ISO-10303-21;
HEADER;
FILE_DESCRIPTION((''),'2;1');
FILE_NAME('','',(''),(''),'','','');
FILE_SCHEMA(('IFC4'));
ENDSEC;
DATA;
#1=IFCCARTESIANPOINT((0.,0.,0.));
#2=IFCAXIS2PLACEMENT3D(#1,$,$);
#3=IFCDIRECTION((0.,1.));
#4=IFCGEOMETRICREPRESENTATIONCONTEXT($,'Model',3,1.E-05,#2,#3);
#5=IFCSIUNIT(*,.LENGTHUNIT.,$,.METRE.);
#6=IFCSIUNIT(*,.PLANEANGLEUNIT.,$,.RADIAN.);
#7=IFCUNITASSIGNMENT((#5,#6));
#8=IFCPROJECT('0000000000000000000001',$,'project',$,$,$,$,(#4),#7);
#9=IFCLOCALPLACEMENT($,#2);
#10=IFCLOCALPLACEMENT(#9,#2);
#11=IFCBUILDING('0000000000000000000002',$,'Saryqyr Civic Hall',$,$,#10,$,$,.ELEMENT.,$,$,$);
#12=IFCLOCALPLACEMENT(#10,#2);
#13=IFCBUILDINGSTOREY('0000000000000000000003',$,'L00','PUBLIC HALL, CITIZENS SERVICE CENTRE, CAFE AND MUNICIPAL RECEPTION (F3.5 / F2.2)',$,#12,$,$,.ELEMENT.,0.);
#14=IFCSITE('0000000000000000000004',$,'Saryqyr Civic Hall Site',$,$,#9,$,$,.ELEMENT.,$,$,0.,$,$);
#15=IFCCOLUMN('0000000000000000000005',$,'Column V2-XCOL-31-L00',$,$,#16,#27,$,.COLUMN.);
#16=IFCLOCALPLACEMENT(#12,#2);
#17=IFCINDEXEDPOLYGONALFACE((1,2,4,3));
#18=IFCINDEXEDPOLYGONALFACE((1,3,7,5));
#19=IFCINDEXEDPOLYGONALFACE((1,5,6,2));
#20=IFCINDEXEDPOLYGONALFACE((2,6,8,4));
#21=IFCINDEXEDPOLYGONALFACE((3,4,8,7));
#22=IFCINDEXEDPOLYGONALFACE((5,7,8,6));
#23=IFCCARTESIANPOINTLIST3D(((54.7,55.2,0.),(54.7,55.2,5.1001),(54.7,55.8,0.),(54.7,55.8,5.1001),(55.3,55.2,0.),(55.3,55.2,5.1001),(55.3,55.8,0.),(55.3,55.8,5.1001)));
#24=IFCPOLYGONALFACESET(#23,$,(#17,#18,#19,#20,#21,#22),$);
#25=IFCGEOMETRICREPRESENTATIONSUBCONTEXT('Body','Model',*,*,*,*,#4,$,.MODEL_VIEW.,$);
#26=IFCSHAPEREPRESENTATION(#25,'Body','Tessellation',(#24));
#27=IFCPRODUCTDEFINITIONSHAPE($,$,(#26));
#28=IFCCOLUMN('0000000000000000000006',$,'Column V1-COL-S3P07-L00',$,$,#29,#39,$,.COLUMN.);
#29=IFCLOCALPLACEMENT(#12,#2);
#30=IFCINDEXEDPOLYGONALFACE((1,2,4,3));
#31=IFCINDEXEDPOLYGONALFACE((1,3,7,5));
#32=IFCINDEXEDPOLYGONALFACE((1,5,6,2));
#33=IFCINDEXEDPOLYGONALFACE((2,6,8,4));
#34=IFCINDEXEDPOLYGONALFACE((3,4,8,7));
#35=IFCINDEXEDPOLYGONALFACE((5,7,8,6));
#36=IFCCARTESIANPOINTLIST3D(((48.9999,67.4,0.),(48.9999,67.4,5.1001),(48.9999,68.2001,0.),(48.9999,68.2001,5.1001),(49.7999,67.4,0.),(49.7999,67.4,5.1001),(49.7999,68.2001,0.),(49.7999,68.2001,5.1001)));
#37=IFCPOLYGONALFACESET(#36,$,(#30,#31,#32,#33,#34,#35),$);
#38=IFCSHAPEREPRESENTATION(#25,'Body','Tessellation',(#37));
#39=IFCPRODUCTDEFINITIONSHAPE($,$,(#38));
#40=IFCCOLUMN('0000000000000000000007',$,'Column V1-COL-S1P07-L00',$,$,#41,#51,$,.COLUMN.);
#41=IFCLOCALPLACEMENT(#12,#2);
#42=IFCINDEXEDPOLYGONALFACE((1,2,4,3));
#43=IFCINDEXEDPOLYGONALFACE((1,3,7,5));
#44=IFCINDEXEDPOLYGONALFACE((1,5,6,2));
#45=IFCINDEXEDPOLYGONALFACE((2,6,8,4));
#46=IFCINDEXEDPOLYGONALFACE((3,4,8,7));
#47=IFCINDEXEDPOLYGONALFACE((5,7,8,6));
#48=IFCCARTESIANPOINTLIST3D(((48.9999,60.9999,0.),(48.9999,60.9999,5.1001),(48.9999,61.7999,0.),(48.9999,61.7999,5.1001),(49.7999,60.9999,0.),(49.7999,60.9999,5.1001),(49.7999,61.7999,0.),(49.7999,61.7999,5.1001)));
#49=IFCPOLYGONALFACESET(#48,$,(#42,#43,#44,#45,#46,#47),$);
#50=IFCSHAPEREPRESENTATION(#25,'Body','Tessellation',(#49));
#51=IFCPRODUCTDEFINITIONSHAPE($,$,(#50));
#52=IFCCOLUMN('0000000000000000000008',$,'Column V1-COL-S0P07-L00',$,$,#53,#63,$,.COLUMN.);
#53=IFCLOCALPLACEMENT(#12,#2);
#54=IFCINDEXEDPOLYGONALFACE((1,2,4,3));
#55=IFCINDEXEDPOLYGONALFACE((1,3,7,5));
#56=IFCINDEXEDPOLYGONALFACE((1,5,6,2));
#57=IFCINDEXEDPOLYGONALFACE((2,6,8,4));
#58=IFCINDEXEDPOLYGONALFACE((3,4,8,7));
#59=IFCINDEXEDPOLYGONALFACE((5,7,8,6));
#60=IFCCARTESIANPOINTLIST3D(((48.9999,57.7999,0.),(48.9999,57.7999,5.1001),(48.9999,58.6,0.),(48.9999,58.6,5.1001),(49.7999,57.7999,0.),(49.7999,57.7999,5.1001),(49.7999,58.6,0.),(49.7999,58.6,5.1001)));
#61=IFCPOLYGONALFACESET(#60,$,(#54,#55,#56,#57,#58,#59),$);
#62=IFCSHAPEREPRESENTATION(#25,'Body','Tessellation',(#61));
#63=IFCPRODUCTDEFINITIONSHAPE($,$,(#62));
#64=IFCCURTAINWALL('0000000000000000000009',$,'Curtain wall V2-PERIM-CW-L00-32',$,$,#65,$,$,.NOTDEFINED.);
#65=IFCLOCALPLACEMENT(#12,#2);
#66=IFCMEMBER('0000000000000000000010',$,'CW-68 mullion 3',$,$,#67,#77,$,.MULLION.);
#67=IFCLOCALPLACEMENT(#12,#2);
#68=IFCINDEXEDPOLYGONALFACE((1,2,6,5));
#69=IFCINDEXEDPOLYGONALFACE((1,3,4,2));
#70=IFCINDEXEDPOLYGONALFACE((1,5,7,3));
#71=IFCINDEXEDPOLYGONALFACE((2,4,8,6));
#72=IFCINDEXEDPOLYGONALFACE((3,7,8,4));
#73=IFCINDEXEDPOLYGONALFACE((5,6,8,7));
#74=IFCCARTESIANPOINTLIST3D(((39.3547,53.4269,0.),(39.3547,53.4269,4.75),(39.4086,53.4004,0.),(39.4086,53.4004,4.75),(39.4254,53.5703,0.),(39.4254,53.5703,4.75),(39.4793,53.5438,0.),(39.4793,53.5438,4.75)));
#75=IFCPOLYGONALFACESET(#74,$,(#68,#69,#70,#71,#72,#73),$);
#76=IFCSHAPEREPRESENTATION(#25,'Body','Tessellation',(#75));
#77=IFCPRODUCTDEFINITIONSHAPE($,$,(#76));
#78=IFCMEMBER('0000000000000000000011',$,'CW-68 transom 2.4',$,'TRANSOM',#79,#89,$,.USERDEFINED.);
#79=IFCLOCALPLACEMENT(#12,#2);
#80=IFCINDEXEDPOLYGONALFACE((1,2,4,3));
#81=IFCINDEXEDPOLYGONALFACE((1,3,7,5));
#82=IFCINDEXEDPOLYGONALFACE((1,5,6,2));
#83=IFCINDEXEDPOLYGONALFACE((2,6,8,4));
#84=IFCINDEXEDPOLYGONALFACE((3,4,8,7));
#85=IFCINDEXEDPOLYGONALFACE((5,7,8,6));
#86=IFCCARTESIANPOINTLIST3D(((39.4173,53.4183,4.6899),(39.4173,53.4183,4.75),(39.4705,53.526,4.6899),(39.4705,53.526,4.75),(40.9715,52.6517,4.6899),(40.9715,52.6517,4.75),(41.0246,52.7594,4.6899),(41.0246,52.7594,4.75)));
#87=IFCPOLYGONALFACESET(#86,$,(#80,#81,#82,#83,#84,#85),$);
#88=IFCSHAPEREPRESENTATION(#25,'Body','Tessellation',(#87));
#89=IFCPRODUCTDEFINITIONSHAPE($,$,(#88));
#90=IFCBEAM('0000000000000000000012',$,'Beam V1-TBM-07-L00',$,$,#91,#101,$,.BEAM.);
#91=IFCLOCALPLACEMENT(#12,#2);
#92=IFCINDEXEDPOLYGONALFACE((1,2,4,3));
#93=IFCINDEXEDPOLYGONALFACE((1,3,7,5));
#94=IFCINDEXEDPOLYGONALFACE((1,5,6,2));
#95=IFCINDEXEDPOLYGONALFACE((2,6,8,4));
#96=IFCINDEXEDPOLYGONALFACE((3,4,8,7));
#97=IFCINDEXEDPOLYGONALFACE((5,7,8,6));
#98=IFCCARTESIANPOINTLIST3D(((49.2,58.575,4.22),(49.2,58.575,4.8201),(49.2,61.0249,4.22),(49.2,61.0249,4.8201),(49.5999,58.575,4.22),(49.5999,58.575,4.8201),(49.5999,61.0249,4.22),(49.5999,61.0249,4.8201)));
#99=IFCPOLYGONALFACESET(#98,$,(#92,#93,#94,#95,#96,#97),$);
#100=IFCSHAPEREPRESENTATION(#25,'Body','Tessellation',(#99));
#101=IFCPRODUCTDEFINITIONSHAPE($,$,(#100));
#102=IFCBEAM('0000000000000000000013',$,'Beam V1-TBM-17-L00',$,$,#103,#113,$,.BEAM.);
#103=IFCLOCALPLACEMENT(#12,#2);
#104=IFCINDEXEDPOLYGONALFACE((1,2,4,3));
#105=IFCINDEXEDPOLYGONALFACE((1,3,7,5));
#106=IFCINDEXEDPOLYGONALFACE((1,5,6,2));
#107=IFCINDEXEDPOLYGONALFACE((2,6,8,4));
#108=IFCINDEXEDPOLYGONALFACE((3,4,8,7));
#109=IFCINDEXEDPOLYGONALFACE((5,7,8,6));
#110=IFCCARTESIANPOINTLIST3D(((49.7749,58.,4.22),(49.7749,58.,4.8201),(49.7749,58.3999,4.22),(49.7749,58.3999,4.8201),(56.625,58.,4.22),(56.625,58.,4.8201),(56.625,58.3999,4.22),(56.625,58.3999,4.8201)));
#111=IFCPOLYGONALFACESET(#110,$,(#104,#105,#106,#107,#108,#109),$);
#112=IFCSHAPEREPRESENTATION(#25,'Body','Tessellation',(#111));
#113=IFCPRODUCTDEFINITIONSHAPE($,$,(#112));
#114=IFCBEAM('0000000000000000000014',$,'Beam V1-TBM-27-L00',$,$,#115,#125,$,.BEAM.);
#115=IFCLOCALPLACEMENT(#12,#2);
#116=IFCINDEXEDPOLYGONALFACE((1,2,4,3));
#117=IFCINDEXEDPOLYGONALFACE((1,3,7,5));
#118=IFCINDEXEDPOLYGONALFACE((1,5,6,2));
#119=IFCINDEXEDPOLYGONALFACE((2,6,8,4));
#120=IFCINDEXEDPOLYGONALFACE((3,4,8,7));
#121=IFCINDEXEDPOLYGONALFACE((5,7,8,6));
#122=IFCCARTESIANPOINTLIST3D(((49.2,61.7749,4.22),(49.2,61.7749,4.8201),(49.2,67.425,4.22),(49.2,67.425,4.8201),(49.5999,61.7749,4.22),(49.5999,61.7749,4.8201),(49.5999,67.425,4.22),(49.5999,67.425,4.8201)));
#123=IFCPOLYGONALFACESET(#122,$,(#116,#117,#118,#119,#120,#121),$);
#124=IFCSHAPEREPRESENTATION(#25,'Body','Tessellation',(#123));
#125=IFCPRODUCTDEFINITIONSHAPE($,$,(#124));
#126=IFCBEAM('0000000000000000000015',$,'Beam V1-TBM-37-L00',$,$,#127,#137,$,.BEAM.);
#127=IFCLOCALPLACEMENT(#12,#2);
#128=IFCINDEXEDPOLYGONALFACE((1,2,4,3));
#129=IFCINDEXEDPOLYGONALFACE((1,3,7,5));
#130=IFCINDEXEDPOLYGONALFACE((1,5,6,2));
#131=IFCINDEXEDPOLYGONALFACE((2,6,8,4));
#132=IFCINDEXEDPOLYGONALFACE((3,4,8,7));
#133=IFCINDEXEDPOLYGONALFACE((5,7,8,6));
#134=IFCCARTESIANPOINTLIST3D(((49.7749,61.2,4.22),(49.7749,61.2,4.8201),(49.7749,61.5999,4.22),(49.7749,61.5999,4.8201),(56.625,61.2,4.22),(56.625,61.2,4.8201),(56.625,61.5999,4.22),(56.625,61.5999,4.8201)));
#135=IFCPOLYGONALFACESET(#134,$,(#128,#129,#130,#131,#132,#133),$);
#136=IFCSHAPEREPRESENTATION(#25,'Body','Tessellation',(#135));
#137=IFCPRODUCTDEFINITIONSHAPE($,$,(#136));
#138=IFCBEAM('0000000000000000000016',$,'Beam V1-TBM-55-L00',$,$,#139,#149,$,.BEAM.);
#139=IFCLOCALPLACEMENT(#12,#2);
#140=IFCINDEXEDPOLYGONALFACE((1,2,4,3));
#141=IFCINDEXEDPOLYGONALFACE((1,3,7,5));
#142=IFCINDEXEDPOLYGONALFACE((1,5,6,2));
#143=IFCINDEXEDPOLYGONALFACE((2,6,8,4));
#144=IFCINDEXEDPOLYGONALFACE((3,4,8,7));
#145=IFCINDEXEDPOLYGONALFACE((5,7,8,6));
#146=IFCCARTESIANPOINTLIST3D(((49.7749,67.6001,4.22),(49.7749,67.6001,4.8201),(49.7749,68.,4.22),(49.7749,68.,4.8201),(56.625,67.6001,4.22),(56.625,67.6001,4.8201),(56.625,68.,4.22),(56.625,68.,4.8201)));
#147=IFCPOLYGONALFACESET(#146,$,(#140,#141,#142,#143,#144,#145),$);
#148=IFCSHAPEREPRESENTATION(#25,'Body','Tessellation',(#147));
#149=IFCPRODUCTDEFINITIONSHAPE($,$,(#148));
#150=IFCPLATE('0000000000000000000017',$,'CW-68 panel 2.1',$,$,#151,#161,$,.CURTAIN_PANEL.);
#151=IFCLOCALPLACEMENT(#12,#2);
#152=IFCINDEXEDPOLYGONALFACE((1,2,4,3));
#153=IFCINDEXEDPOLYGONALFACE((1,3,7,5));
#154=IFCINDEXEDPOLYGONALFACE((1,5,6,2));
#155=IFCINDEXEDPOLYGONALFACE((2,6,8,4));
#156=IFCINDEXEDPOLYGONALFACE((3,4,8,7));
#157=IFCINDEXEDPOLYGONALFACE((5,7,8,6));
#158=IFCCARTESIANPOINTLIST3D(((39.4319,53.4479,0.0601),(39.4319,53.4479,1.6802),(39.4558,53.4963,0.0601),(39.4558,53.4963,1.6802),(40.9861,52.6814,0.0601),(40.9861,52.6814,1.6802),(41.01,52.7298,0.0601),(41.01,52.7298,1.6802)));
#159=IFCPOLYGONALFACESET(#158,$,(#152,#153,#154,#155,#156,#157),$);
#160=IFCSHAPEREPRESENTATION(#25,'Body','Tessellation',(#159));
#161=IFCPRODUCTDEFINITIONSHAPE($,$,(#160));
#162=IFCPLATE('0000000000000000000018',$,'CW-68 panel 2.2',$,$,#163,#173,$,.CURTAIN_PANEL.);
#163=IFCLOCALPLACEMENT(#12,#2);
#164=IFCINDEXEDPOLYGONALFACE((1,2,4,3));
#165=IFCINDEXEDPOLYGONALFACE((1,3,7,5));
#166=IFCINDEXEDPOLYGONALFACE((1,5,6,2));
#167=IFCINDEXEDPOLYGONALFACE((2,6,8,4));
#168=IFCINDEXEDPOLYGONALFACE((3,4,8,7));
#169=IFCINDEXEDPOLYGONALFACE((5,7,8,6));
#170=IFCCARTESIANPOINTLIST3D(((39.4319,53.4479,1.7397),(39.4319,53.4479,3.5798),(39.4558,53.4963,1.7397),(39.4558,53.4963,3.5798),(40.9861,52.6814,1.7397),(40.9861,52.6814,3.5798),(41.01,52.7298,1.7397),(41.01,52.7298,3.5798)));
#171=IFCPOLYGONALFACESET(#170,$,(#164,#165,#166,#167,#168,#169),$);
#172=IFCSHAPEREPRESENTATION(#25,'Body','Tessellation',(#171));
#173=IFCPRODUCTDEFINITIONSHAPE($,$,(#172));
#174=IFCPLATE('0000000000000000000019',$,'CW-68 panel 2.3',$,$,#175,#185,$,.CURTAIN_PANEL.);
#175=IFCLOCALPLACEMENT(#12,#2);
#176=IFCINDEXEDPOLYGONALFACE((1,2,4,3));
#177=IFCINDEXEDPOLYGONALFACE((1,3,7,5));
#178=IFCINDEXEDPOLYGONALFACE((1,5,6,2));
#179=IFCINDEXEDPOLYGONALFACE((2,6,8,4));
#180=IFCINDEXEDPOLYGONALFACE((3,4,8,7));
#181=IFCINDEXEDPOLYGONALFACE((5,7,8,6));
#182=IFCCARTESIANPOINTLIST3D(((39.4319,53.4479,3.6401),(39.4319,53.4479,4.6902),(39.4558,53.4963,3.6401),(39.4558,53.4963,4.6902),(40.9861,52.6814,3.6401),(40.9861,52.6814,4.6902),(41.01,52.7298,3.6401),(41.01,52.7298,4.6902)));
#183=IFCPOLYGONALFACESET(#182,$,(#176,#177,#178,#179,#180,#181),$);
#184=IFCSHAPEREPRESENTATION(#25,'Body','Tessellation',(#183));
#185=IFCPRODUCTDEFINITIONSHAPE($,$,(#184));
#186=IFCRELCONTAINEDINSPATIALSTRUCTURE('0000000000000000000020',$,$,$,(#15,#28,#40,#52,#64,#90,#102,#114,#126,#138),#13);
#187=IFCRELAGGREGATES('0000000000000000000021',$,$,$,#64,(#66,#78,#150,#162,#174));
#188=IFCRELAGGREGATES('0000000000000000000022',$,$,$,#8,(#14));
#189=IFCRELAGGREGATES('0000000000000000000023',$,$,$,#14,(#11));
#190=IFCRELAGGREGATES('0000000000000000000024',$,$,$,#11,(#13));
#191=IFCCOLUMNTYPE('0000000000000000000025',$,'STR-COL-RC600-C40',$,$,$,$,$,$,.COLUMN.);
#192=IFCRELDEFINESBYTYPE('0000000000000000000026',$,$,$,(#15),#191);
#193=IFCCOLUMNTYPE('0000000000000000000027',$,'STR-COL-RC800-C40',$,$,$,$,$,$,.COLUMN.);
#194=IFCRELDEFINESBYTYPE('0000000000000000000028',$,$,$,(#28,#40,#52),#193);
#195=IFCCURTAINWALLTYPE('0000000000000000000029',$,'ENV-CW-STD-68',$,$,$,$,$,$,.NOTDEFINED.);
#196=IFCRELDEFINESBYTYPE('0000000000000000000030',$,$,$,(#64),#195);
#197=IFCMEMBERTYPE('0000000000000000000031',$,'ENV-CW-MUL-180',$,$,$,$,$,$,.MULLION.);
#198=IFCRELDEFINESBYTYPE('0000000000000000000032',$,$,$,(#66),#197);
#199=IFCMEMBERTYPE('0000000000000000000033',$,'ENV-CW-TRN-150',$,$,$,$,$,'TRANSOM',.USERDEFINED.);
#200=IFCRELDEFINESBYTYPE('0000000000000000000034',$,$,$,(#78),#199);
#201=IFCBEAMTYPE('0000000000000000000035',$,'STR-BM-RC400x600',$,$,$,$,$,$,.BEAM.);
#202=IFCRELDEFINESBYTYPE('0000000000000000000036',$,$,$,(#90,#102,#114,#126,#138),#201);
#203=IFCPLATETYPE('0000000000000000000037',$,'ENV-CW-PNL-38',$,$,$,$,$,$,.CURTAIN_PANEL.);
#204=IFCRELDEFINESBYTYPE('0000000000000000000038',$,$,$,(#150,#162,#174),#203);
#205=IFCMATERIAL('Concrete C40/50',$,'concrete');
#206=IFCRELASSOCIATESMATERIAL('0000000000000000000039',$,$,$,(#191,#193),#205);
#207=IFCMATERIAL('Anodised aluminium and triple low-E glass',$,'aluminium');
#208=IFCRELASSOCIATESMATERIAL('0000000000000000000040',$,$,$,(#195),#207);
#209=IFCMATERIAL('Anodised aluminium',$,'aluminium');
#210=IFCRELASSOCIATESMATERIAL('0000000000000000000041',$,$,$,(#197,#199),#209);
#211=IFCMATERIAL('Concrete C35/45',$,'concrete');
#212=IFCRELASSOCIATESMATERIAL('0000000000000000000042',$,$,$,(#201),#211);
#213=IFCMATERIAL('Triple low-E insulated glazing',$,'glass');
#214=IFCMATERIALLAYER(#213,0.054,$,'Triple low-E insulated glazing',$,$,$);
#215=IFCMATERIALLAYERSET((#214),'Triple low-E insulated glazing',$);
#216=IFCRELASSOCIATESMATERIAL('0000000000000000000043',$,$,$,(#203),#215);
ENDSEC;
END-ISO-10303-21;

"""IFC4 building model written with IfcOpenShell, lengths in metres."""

from ifc_helpers import new_model, si_unit, direction, frame, origin, origin_2d, place, context, subcontext, project, spatial, rectangle, extrude, material, layer, layer_set, material_profile, profile_set, type_object, element, aggregate, save


model = new_model("IFC4")

# Units and contexts
model_context = context("Model", 3, precision=1e-05, world=origin(), true_north=direction((0.0, 1.0)))
body_context = subcontext(model_context, "Body", "Model", "MODEL_VIEW")
ifc_project = project(units=[si_unit("LENGTHUNIT", "METRE"), si_unit("PLANEANGLEUNIT", "RADIAN")], contexts=[model_context])

# Site, building, storey
site_placement = place(None, origin())
site = spatial("IfcSite", under=ifc_project, at=site_placement, Name="Saryqyr Civic Hall Site", CompositionType="ELEMENT", RefElevation=0.0)
building_placement = place(site_placement, origin())
building = spatial("IfcBuilding", under=site, at=building_placement, Name="Saryqyr Civic Hall", CompositionType="ELEMENT")
storey_placement = place(building_placement, origin())
storey = spatial("IfcBuildingStorey", under=building, at=storey_placement, Name="L00", Description="PUBLIC HALL, CITIZENS SERVICE CENTRE, CAFE AND MUNICIPAL RECEPTION (F3.5 / F2.2)", CompositionType="ELEMENT", Elevation=0.0)

# Columns
ifc_material_1 = material(Name="Concrete C40/50", Category="concrete")
ifc_material_profile_1 = material_profile(ifc_material_1, rectangle(XDim=0.6001, YDim=0.6001, at=origin_2d()), Name="RC 600x600")
ifc_profile_set_1 = profile_set([ifc_material_profile_1], Name="Concrete C40/50")
column_type_1 = type_object("IfcColumnType", Name="STR-COL-RC600-C40", PredefinedType="COLUMN", material=ifc_profile_set_1)
column_placement = place(storey_placement, frame((55.0, 55.5, 0.0), z_axis=(0.0, 0.0, 1.0), x_axis=(1.0, 0.0, 0.0)))
element("IfcColumn", 1, at=column_placement, inside=storey, type_object=column_type_1, Name="Column V2-XCOL-31-L00", PredefinedType="COLUMN", context=body_context, shape_type="SweptSolid", body=[
    extrude(rectangle(XDim=0.6001, YDim=0.6001, at=origin_2d()), origin(), (0.0, 0.0, 1.0), 5.1001),
])
ifc_material_profile_2 = material_profile(ifc_material_1, rectangle(XDim=0.8, YDim=0.8, at=origin_2d()), Name="RC 800x800")
ifc_profile_set_2 = profile_set([ifc_material_profile_2], Name="Concrete C40/50")
column_type_2 = type_object("IfcColumnType", Name="STR-COL-RC800-C40", PredefinedType="COLUMN", material=ifc_profile_set_2)
for number, where, z_axis, x_axis, name in (
    (2, (49.3999, 67.8, 0.0), (0.0, 0.0, 1.0), (1.0, 0.0, 0.0), "Column V1-COL-S3P07-L00"),
    (3, (49.3999, 61.3999, 0.0), (0.0, 0.0, 1.0), (1.0, 0.0, 0.0), "Column V1-COL-S1P07-L00"),
    (4, (49.3999, 58.2, 0.0), (0.0, 0.0, 1.0), (1.0, 0.0, 0.0), "Column V1-COL-S0P07-L00"),
):
    element("IfcColumn", number, at=place(storey_placement, frame(where, z_axis=z_axis, x_axis=x_axis)), inside=storey, type_object=column_type_2, Name=name, PredefinedType="COLUMN", context=body_context, shape_type="SweptSolid", body=[
        extrude(rectangle(XDim=0.8, YDim=0.8, at=origin_2d()), origin(), (0.0, 0.0, 1.0), 5.1001),
    ])

# Curtain wall, members
ifc_material_2 = material(Name="Anodised aluminium and triple low-E glass", Category="aluminium")
curtain_wall_type = type_object("IfcCurtainWallType", Name="ENV-CW-STD-68", PredefinedType="NOTDEFINED", material=ifc_material_2)
curtain_wall_placement = place(storey_placement, origin())
curtain_wall = element("IfcCurtainWall", 5, at=curtain_wall_placement, inside=storey, type_object=curtain_wall_type, Name="Curtain wall V2-PERIM-CW-L00-32", PredefinedType="NOTDEFINED")
ifc_material_3 = material(Name="Anodised aluminium", Category="aluminium")
ifc_material_profile_3 = material_profile(ifc_material_3, rectangle(XDim=0.0601, YDim=0.1599, at=origin_2d()), Name="ALU MULLION 60x160")
ifc_profile_set_3 = profile_set([ifc_material_profile_3], Name="Anodised aluminium")
member_type_1 = type_object("IfcMemberType", Name="ENV-CW-MUL-180", PredefinedType="MULLION", material=ifc_profile_set_3)
member_1_placement = place(storey_placement, frame((39.417, 53.4854, 0.0), z_axis=(0.0, 0.0, 1.0), x_axis=(-0.896871, 0.442292, 0.0)))
member_1 = element("IfcMember", 6, at=member_1_placement, type_object=member_type_1, Name="CW-68 mullion 3", PredefinedType="MULLION", context=body_context, shape_type="SweptSolid", body=[
    extrude(rectangle(XDim=0.0601, YDim=0.1599, at=origin_2d()), origin(), (0.0, 0.0, 1.0), 4.75),
])
ifc_material_profile_4 = material_profile(ifc_material_3, rectangle(XDim=0.1201, YDim=0.0601, at=origin_2d()), Name="ALU TRANSOM 120x60")
ifc_profile_set_4 = profile_set([ifc_material_profile_4], Name="Anodised aluminium")
member_type_2 = type_object("IfcMemberType", Name="ENV-CW-TRN-150", ElementType="TRANSOM", PredefinedType="USERDEFINED", material=ifc_profile_set_4)
member_2_placement = place(storey_placement, frame((40.998, 52.7056, 4.72), z_axis=(-0.896837, 0.442361, 0.0), x_axis=(-0.442361, -0.896837, 0.0)))
member_2 = element("IfcMember", 7, at=member_2_placement, type_object=member_type_2, Name="CW-68 transom 2.4", ObjectType="TRANSOM", PredefinedType="USERDEFINED", context=body_context, shape_type="SweptSolid", body=[
    extrude(rectangle(XDim=0.1201, YDim=0.0601, at=origin_2d()), origin(), (0.0, 0.0, 1.0), 1.7329),
])

# Beams
ifc_material_4 = material(Name="Concrete C35/45", Category="concrete")
ifc_material_profile_5 = material_profile(ifc_material_4, rectangle(XDim=0.3999, YDim=0.6001, at=origin_2d()), Name="RC 400x600")
ifc_profile_set_5 = profile_set([ifc_material_profile_5], Name="Concrete C35/45")
beam_type = type_object("IfcBeamType", Name="STR-BM-RC400x600", PredefinedType="BEAM", material=ifc_profile_set_5)
beam_1_placement = place(storey_placement, frame((49.3999, 58.575, 4.52), z_axis=(0.0, 1.0, 0.0), x_axis=(-1.0, 0.0, 0.0)))
element("IfcBeam", 8, at=beam_1_placement, inside=storey, type_object=beam_type, Name="Beam V1-TBM-07-L00", PredefinedType="BEAM", context=body_context, shape_type="SweptSolid", body=[
    extrude(rectangle(XDim=0.3999, YDim=0.6001, at=origin_2d()), origin(), (0.0, 0.0, 1.0), 2.45),
])
beam_2_placement = place(storey_placement, frame((49.7749, 58.2, 4.52), z_axis=(1.0, 0.0, 0.0), x_axis=(0.0, 1.0, 0.0)))
element("IfcBeam", 9, at=beam_2_placement, inside=storey, type_object=beam_type, Name="Beam V1-TBM-17-L00", PredefinedType="BEAM", context=body_context, shape_type="SweptSolid", body=[
    extrude(rectangle(XDim=0.3999, YDim=0.6001, at=origin_2d()), origin(), (0.0, 0.0, 1.0), 6.8501),
])
beam_3_placement = place(storey_placement, frame((49.3999, 61.7749, 4.52), z_axis=(0.0, 1.0, 0.0), x_axis=(-1.0, 0.0, 0.0)))
element("IfcBeam", 10, at=beam_3_placement, inside=storey, type_object=beam_type, Name="Beam V1-TBM-27-L00", PredefinedType="BEAM", context=body_context, shape_type="SweptSolid", body=[
    extrude(rectangle(XDim=0.3999, YDim=0.6001, at=origin_2d()), origin(), (0.0, 0.0, 1.0), 5.6501),
])
for number, where, z_axis, x_axis, name in (
    (11, (49.7749, 61.3999, 4.52), (1.0, 0.0, 0.0), (0.0, 1.0, 0.0), "Beam V1-TBM-37-L00"),
    (12, (49.7749, 67.8, 4.52), (1.0, 0.0, 0.0), (0.0, 1.0, 0.0), "Beam V1-TBM-55-L00"),
):
    element("IfcBeam", number, at=place(storey_placement, frame(where, z_axis=z_axis, x_axis=x_axis)), inside=storey, type_object=beam_type, Name=name, PredefinedType="BEAM", context=body_context, shape_type="SweptSolid", body=[
        extrude(rectangle(XDim=0.3999, YDim=0.6001, at=origin_2d()), origin(), (0.0, 0.0, 1.0), 6.8501),
    ])

# Plates
ifc_material_5 = material(Name="Triple low-E insulated glazing", Category="glass")
ifc_layer_1 = layer(ifc_material_5, 0.054, Name="Triple low-E insulated glazing")
ifc_layer_set_1 = layer_set([ifc_layer_1], Name="Triple low-E insulated glazing")
plate_type = type_object("IfcPlateType", Name="ENV-CW-PNL-38", PredefinedType="CURTAIN_PANEL", material=ifc_layer_set_1)
plate_1_placement = place(storey_placement, frame((40.2209, 53.0889, 0.0601), z_axis=(0.0, 0.0, 1.0), x_axis=(-0.896871, 0.442292, 0.0)))
plate_1 = element("IfcPlate", 13, at=plate_1_placement, type_object=plate_type, Name="CW-68 panel 2.1", PredefinedType="CURTAIN_PANEL", context=body_context, shape_type="SweptSolid", body=[
    extrude(rectangle(XDim=1.7329, YDim=0.054, at=origin_2d()), origin(), (0.0, 0.0, 1.0), 1.6201),
])
plate_2_placement = place(storey_placement, frame((40.2209, 53.0889, 1.7397), z_axis=(0.0, 0.0, 1.0), x_axis=(-0.896871, 0.442292, 0.0)))
plate_2 = element("IfcPlate", 14, at=plate_2_placement, type_object=plate_type, Name="CW-68 panel 2.2", PredefinedType="CURTAIN_PANEL", context=body_context, shape_type="SweptSolid", body=[
    extrude(rectangle(XDim=1.7329, YDim=0.054, at=origin_2d()), origin(), (0.0, 0.0, 1.0), 1.8401),
])
plate_3_placement = place(storey_placement, frame((40.2209, 53.0889, 3.6401), z_axis=(0.0, 0.0, 1.0), x_axis=(-0.896871, 0.442292, 0.0)))
plate_3 = element("IfcPlate", 15, at=plate_3_placement, type_object=plate_type, Name="CW-68 panel 2.3", PredefinedType="CURTAIN_PANEL", context=body_context, shape_type="SweptSolid", body=[
    extrude(rectangle(XDim=1.7329, YDim=0.054, at=origin_2d()), origin(), (0.0, 0.0, 1.0), 1.05),
])
aggregate(curtain_wall, [member_1, member_2, plate_1, plate_2, plate_3])

save(model, "model.ifc")
